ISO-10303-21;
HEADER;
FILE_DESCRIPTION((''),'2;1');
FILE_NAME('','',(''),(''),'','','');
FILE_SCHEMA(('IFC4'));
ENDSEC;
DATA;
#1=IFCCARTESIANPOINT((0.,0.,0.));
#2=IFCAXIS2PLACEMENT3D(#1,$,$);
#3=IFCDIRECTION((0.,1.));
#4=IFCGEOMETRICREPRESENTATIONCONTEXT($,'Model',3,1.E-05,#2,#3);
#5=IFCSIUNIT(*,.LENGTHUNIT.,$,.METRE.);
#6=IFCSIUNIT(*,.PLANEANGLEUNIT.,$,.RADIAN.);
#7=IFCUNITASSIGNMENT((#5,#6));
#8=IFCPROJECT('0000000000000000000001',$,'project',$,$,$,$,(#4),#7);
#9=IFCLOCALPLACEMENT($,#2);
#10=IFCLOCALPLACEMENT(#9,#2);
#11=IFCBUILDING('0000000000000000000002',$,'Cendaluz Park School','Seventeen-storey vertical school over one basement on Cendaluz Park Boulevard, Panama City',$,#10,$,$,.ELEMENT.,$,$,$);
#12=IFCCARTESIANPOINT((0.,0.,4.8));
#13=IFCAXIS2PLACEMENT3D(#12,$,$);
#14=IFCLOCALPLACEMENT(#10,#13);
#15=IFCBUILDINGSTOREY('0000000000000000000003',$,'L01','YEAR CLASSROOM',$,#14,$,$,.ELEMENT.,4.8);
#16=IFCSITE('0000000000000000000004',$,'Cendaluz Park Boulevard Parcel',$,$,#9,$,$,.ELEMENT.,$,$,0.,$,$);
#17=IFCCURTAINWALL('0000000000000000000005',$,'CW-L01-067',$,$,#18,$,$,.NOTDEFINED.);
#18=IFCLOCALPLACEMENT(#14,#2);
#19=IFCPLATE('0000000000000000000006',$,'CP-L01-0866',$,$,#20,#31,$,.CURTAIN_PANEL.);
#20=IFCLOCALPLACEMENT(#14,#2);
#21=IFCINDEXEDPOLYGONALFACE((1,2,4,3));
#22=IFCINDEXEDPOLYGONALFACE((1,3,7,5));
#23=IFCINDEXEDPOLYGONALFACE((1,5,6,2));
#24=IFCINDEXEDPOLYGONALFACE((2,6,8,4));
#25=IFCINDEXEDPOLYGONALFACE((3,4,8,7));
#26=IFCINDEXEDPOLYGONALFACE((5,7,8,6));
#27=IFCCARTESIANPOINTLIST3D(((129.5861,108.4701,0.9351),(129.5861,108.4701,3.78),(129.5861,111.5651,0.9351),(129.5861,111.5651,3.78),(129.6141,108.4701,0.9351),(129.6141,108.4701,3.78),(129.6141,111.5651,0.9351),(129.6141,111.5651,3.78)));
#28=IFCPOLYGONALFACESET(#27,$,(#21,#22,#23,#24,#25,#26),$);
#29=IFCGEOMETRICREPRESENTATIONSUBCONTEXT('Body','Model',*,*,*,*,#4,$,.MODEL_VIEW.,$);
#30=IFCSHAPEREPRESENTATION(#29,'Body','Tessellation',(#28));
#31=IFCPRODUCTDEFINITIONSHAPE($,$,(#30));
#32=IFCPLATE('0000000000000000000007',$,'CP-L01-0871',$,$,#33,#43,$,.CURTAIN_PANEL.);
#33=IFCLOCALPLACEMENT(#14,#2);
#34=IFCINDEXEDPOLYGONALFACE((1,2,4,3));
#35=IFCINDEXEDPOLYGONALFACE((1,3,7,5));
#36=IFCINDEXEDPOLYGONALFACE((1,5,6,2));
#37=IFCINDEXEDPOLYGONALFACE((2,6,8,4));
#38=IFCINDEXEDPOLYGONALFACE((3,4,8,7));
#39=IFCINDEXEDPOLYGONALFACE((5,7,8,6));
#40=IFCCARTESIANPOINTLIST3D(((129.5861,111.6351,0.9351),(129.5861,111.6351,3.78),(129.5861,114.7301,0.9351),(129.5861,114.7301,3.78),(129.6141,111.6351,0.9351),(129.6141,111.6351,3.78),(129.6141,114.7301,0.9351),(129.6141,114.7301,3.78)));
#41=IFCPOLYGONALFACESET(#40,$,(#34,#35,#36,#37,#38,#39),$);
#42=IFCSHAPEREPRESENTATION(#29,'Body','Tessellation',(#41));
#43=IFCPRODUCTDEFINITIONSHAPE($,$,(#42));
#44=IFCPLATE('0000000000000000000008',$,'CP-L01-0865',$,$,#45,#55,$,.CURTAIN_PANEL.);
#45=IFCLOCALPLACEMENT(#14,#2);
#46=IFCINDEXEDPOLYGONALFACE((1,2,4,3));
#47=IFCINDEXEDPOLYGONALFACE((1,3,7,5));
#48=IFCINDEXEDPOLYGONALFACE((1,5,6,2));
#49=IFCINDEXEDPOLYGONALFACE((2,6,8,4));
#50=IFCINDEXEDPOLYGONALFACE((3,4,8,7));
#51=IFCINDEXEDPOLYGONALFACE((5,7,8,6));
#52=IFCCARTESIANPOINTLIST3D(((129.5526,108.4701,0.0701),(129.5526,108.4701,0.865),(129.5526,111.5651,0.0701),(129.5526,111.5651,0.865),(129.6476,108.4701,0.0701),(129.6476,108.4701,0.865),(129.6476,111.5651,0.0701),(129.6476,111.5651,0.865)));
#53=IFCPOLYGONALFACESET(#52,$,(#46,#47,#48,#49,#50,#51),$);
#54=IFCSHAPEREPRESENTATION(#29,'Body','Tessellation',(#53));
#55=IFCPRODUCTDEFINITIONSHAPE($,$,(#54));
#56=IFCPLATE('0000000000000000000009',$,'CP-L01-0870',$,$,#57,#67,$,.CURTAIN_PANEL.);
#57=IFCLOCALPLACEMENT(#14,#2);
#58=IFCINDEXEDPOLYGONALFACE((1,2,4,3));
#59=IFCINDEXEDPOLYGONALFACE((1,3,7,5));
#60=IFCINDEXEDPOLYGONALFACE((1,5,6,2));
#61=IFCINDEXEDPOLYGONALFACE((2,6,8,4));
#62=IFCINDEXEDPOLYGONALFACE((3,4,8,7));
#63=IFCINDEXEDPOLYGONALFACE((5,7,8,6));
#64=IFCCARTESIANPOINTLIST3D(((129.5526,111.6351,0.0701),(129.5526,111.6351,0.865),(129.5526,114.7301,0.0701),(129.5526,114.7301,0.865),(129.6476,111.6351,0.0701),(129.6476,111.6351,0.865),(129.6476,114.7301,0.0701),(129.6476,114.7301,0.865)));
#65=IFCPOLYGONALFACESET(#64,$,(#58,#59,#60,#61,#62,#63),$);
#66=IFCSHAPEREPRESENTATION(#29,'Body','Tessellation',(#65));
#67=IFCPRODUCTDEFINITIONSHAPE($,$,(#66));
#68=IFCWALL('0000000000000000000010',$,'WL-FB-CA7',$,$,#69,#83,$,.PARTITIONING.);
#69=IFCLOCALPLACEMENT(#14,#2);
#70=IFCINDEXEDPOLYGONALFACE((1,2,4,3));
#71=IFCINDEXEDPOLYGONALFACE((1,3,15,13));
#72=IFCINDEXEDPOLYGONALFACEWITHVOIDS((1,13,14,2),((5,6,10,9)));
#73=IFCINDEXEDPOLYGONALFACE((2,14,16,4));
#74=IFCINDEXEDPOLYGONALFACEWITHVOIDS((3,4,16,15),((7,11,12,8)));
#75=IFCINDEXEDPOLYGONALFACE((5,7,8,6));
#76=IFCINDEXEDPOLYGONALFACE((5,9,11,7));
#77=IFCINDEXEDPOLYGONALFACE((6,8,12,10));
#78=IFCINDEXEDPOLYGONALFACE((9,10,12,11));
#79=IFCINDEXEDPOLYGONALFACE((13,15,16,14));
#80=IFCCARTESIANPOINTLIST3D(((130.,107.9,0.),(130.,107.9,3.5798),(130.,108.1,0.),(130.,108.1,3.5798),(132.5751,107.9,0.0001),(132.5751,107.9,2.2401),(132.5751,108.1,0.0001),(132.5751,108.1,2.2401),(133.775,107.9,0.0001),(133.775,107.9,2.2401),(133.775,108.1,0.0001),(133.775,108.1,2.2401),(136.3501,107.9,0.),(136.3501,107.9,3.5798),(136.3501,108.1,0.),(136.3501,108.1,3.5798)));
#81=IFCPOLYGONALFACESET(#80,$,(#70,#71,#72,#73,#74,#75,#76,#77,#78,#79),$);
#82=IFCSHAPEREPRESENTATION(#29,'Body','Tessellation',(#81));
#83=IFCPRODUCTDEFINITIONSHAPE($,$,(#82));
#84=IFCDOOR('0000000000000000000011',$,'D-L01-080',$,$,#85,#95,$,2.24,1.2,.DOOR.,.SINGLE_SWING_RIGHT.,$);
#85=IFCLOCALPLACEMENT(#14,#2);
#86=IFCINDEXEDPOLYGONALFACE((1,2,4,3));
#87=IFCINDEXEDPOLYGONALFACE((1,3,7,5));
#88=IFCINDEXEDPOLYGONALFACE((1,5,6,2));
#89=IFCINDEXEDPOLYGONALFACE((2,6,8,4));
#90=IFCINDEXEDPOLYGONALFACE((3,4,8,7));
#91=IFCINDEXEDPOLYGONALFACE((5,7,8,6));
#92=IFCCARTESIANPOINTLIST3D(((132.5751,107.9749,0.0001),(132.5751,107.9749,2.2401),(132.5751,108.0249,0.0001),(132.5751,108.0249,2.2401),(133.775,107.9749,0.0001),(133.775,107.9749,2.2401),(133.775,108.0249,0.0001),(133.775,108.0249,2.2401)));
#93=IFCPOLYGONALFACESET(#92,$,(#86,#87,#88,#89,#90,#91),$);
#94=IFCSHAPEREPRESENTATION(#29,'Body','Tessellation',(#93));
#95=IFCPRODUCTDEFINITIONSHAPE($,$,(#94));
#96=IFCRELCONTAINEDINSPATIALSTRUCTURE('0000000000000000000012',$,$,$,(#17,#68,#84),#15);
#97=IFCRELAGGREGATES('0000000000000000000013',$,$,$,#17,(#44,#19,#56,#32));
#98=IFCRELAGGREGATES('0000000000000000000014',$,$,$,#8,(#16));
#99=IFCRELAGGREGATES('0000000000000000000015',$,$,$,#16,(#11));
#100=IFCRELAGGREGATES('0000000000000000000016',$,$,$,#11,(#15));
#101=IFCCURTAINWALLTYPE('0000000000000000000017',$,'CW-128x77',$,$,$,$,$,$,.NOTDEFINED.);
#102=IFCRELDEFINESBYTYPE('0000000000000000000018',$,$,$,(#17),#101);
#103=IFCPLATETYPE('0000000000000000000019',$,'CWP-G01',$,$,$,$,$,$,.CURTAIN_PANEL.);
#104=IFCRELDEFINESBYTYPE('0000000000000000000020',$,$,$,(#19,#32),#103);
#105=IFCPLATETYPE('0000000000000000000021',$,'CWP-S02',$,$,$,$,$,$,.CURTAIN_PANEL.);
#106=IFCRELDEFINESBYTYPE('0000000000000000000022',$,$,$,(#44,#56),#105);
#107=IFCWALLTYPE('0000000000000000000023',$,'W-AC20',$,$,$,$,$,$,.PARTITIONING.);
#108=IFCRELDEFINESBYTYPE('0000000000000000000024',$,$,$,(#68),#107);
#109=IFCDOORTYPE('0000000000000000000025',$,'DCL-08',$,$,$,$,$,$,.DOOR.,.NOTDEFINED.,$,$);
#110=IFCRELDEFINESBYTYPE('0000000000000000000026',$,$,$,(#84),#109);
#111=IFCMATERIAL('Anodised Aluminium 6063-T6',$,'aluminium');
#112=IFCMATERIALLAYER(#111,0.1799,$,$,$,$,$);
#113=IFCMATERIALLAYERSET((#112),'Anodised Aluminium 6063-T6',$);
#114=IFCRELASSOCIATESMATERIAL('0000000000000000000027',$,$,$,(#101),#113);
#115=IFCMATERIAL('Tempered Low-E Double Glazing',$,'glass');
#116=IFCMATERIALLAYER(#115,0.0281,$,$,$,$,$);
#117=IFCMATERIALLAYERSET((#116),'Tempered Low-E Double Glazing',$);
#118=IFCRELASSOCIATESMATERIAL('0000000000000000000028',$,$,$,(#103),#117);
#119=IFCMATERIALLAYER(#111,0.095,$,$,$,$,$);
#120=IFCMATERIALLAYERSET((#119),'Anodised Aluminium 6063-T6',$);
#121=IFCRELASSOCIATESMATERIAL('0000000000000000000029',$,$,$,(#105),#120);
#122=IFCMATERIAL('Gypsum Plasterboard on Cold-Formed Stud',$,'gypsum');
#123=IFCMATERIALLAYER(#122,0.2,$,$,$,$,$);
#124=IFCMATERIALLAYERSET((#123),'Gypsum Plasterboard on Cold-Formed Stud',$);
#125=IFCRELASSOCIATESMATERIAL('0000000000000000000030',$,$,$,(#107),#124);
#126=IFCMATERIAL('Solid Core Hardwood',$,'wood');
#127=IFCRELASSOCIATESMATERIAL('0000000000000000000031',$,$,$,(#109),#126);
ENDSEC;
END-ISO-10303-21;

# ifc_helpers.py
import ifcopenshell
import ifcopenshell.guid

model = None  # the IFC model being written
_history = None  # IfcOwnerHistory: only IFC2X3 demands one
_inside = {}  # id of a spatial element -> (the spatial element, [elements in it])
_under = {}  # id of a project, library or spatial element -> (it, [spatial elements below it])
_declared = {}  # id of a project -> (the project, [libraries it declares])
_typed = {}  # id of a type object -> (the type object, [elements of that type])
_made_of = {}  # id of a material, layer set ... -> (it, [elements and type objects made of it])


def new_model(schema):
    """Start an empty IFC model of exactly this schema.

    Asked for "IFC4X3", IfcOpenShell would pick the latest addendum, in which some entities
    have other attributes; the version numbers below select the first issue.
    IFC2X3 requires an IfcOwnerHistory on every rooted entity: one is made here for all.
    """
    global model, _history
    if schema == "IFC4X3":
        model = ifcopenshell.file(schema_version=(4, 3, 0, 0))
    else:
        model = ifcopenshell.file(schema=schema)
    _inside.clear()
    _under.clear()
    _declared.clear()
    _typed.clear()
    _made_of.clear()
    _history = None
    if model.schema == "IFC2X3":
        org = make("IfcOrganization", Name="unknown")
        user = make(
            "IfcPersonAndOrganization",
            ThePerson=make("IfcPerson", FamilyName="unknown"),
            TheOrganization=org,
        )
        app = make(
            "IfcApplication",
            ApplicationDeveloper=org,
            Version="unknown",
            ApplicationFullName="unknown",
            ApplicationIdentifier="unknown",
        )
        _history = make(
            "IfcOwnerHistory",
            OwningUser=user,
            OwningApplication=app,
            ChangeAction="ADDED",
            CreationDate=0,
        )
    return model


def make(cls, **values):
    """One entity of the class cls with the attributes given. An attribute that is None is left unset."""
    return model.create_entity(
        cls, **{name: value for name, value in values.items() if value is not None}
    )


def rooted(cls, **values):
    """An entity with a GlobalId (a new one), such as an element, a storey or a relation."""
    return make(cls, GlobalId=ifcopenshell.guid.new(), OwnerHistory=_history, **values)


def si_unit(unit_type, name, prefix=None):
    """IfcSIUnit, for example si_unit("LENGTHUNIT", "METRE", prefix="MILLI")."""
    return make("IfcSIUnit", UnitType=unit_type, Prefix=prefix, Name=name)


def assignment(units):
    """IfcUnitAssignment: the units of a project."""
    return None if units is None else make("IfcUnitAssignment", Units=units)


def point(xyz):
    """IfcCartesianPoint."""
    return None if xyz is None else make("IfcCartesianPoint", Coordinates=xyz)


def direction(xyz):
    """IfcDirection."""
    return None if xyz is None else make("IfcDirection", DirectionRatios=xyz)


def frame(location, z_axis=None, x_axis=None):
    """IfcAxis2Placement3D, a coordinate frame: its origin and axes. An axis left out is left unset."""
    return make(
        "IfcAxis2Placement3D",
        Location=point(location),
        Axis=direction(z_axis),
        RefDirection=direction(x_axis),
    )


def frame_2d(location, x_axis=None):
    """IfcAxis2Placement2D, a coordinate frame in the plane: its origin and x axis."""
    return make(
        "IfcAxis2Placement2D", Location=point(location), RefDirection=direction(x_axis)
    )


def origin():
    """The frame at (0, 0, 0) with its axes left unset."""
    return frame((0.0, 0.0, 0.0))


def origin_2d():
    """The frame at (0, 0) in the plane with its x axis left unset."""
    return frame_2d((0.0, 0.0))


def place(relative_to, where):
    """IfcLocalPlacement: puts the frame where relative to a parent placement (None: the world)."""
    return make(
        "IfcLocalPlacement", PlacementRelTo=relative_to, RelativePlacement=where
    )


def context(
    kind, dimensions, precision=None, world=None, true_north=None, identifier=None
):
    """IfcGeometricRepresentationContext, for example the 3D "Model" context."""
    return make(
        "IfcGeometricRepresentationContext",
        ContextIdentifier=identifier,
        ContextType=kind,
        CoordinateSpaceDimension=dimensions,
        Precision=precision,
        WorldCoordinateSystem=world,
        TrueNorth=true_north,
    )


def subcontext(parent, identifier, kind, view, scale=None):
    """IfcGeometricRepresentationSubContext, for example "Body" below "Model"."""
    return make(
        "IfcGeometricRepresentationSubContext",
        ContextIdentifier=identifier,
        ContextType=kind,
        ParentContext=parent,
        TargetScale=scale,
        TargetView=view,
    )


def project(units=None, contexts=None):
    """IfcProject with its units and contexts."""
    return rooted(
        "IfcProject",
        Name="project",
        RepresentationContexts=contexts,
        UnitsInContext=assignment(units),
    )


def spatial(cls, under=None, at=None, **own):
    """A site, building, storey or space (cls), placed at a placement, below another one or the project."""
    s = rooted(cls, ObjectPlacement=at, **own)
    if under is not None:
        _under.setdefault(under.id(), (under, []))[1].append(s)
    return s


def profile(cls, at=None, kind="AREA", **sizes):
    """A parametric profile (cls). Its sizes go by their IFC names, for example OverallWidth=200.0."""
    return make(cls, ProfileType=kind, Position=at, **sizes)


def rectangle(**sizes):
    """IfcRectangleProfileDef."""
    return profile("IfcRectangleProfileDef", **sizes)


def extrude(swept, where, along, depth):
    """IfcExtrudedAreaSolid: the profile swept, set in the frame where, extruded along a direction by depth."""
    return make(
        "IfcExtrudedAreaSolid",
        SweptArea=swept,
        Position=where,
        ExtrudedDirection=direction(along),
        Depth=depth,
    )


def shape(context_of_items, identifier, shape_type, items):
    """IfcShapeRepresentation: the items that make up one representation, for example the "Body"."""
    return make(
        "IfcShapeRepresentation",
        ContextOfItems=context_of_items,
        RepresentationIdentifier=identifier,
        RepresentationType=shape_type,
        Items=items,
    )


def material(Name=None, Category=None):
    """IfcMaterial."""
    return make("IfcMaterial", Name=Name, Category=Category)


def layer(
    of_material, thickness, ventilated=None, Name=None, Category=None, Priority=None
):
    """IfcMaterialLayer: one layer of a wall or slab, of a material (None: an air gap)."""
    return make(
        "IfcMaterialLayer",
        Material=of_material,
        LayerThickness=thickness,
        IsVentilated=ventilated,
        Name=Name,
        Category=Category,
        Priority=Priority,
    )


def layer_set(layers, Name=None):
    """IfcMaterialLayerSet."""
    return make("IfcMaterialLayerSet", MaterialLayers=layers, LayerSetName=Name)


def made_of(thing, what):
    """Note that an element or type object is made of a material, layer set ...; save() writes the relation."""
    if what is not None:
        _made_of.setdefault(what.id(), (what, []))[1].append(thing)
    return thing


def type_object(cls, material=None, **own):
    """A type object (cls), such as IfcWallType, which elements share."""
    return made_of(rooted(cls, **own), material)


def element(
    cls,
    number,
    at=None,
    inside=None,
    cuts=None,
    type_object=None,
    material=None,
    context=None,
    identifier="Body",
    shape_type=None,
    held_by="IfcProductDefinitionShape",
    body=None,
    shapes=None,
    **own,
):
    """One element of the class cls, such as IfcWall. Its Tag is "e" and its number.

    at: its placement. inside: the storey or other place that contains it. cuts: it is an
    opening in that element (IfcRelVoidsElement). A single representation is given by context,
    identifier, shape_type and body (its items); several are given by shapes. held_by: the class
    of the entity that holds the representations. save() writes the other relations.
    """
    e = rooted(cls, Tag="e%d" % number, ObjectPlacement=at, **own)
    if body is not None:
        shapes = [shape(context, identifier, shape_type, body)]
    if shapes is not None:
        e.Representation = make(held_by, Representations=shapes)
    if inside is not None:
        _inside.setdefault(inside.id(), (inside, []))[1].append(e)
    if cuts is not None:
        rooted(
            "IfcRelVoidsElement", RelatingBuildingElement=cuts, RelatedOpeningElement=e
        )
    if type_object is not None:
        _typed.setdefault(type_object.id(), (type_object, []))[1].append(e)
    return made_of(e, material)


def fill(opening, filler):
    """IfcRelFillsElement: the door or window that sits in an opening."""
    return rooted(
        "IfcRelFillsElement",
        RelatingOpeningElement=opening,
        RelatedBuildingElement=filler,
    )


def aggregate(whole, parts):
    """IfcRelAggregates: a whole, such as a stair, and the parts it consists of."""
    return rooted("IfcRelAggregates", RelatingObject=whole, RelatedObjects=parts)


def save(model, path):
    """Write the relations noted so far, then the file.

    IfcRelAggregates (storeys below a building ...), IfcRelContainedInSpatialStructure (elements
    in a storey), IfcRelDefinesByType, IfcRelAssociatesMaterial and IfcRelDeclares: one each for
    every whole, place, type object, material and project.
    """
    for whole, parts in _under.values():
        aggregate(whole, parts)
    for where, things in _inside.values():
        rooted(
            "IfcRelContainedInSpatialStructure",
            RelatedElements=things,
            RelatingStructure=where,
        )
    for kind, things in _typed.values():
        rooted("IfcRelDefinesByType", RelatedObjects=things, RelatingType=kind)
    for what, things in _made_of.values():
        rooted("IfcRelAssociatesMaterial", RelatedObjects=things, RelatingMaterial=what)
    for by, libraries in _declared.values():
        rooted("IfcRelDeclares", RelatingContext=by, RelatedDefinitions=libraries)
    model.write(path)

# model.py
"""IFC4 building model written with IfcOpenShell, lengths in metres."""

from ifc_helpers import new_model, si_unit, direction, frame, frame_2d, origin, origin_2d, place, context, subcontext, project, spatial, rectangle, extrude, material, layer, layer_set, type_object, element, fill, aggregate, save


model = new_model("IFC4")

# Units and contexts
model_context = context("Model", 3, precision=1e-05, world=origin(), true_north=direction((0.0, 1.0)))
body_context = subcontext(model_context, "Body", "Model", "MODEL_VIEW")
ifc_project = project(units=[si_unit("LENGTHUNIT", "METRE"), si_unit("PLANEANGLEUNIT", "RADIAN")], contexts=[model_context])

# Site, building, storey
site_placement = place(None, origin())
site = spatial("IfcSite", under=ifc_project, at=site_placement, Name="Cendaluz Park Boulevard Parcel", CompositionType="ELEMENT", RefElevation=0.0)
building_placement = place(site_placement, origin())
building = spatial("IfcBuilding", under=site, at=building_placement, Name="Cendaluz Park School", Description="Seventeen-storey vertical school over one basement on Cendaluz Park Boulevard, Panama City", CompositionType="ELEMENT")
storey_placement = place(building_placement, frame((0.0, 0.0, 4.8)))
storey = spatial("IfcBuildingStorey", under=building, at=storey_placement, Name="L01", Description="YEAR CLASSROOM", CompositionType="ELEMENT", Elevation=4.8)

# Curtain wall
ifc_material_1 = material(Name="Anodised Aluminium 6063-T6", Category="aluminium")
ifc_layer_1 = layer(ifc_material_1, 0.1799)
ifc_layer_set_1 = layer_set([ifc_layer_1], Name="Anodised Aluminium 6063-T6")
curtain_wall_type = type_object("IfcCurtainWallType", Name="CW-128x77", PredefinedType="NOTDEFINED", material=ifc_layer_set_1)
curtain_wall_placement = place(storey_placement, origin())
curtain_wall = element("IfcCurtainWall", 1, at=curtain_wall_placement, inside=storey, type_object=curtain_wall_type, Name="CW-L01-067", PredefinedType="NOTDEFINED")

# Plates
ifc_material_2 = material(Name="Tempered Low-E Double Glazing", Category="glass")
ifc_layer_2 = layer(ifc_material_2, 0.0281)
ifc_layer_set_2 = layer_set([ifc_layer_2], Name="Tempered Low-E Double Glazing")
plate_type_1 = type_object("IfcPlateType", Name="CWP-G01", PredefinedType="CURTAIN_PANEL", material=ifc_layer_set_2)
plate_1_placement = place(storey_placement, frame((129.6001, 110.0176, 0.9351), z_axis=(0.0, 0.0, 1.0), x_axis=(0.0, 1.0, 0.0)))
plate_1 = element("IfcPlate", 2, at=plate_1_placement, type_object=plate_type_1, Name="CP-L01-0866", PredefinedType="CURTAIN_PANEL", context=body_context, shape_type="SweptSolid", body=[
    extrude(rectangle(XDim=3.095, YDim=0.0281, at=origin_2d()), origin(), (0.0, 0.0, 1.0), 2.845),
])
plate_2_placement = place(storey_placement, frame((129.6001, 113.1826, 0.9351), z_axis=(0.0, 0.0, 1.0), x_axis=(0.0, 1.0, 0.0)))
plate_2 = element("IfcPlate", 3, at=plate_2_placement, type_object=plate_type_1, Name="CP-L01-0871", PredefinedType="CURTAIN_PANEL", context=body_context, shape_type="SweptSolid", body=[
    extrude(rectangle(XDim=3.095, YDim=0.0281, at=origin_2d()), origin(), (0.0, 0.0, 1.0), 2.845),
])
ifc_layer_3 = layer(ifc_material_1, 0.095)
ifc_layer_set_3 = layer_set([ifc_layer_3], Name="Anodised Aluminium 6063-T6")
plate_type_2 = type_object("IfcPlateType", Name="CWP-S02", PredefinedType="CURTAIN_PANEL", material=ifc_layer_set_3)
plate_3_placement = place(storey_placement, frame((129.6001, 110.0176, 0.0701), z_axis=(0.0, 0.0, 1.0), x_axis=(0.0, 1.0, 0.0)))
plate_3 = element("IfcPlate", 4, at=plate_3_placement, type_object=plate_type_2, Name="CP-L01-0865", PredefinedType="CURTAIN_PANEL", context=body_context, shape_type="SweptSolid", body=[
    extrude(rectangle(XDim=3.095, YDim=0.095, at=origin_2d()), origin(), (0.0, 0.0, 1.0), 0.7949),
])
plate_4_placement = place(storey_placement, frame((129.6001, 113.1826, 0.0701), z_axis=(0.0, 0.0, 1.0), x_axis=(0.0, 1.0, 0.0)))
plate_4 = element("IfcPlate", 5, at=plate_4_placement, type_object=plate_type_2, Name="CP-L01-0870", PredefinedType="CURTAIN_PANEL", context=body_context, shape_type="SweptSolid", body=[
    extrude(rectangle(XDim=3.095, YDim=0.095, at=origin_2d()), origin(), (0.0, 0.0, 1.0), 0.7949),
])
aggregate(curtain_wall, [plate_3, plate_1, plate_4, plate_2])

# Wall, opening, door
ifc_material_3 = material(Name="Gypsum Plasterboard on Cold-Formed Stud", Category="gypsum")
ifc_layer_4 = layer(ifc_material_3, 0.2)
ifc_layer_set_4 = layer_set([ifc_layer_4], Name="Gypsum Plasterboard on Cold-Formed Stud")
wall_type = type_object("IfcWallType", Name="W-AC20", PredefinedType="PARTITIONING", material=ifc_layer_set_4)
wall_placement = place(storey_placement, frame((130.0, 108.0, 0.0), z_axis=(0.0, 0.0, 1.0), x_axis=(1.0, 0.0, 0.0)))
wall = element("IfcWall", 6, at=wall_placement, inside=storey, type_object=wall_type, Name="WL-FB-CA7", PredefinedType="PARTITIONING", context=body_context, shape_type="SweptSolid", body=[
    extrude(rectangle(XDim=6.3501, YDim=0.2, at=frame_2d((3.175, 0.0))), origin(), (0.0, 0.0, 1.0), 3.5798),
])
opening_placement = place(wall_placement, frame((2.575, 0.0, 0.0)))
opening = element("IfcOpeningElement", 7, at=opening_placement, cuts=wall, PredefinedType="OPENING", context=body_context, shape_type="SweptSolid", body=[
    extrude(rectangle(XDim=1.2, YDim=2.24, at=frame_2d((0.6001, 1.1201))), frame((0.0, 0.1121, 0.0), z_axis=(0.0, -1.0, 0.0), x_axis=(1.0, 0.0, 0.0)), (0.0, 0.0, 1.0), 0.2239),
])
ifc_material_4 = material(Name="Solid Core Hardwood", Category="wood")
door_type = type_object("IfcDoorType", Name="DCL-08", OperationType="NOTDEFINED", PredefinedType="DOOR", material=ifc_material_4)
door_placement = place(opening_placement, origin())
door = element("IfcDoor", 8, at=door_placement, inside=storey, type_object=door_type, Name="D-L01-080", OperationType="SINGLE_SWING_RIGHT", OverallHeight=2.24, OverallWidth=1.2, PredefinedType="DOOR", context=body_context, shape_type="SweptSolid", body=[
    extrude(rectangle(XDim=1.2, YDim=2.24, at=frame_2d((0.6001, 1.1201))), frame((0.0, 0.0249, 0.0), z_axis=(0.0, -1.0, 0.0), x_axis=(1.0, 0.0, 0.0)), (0.0, 0.0, 1.0), 0.05),
])
fill(opening, door)

save(model, "model.ifc")
